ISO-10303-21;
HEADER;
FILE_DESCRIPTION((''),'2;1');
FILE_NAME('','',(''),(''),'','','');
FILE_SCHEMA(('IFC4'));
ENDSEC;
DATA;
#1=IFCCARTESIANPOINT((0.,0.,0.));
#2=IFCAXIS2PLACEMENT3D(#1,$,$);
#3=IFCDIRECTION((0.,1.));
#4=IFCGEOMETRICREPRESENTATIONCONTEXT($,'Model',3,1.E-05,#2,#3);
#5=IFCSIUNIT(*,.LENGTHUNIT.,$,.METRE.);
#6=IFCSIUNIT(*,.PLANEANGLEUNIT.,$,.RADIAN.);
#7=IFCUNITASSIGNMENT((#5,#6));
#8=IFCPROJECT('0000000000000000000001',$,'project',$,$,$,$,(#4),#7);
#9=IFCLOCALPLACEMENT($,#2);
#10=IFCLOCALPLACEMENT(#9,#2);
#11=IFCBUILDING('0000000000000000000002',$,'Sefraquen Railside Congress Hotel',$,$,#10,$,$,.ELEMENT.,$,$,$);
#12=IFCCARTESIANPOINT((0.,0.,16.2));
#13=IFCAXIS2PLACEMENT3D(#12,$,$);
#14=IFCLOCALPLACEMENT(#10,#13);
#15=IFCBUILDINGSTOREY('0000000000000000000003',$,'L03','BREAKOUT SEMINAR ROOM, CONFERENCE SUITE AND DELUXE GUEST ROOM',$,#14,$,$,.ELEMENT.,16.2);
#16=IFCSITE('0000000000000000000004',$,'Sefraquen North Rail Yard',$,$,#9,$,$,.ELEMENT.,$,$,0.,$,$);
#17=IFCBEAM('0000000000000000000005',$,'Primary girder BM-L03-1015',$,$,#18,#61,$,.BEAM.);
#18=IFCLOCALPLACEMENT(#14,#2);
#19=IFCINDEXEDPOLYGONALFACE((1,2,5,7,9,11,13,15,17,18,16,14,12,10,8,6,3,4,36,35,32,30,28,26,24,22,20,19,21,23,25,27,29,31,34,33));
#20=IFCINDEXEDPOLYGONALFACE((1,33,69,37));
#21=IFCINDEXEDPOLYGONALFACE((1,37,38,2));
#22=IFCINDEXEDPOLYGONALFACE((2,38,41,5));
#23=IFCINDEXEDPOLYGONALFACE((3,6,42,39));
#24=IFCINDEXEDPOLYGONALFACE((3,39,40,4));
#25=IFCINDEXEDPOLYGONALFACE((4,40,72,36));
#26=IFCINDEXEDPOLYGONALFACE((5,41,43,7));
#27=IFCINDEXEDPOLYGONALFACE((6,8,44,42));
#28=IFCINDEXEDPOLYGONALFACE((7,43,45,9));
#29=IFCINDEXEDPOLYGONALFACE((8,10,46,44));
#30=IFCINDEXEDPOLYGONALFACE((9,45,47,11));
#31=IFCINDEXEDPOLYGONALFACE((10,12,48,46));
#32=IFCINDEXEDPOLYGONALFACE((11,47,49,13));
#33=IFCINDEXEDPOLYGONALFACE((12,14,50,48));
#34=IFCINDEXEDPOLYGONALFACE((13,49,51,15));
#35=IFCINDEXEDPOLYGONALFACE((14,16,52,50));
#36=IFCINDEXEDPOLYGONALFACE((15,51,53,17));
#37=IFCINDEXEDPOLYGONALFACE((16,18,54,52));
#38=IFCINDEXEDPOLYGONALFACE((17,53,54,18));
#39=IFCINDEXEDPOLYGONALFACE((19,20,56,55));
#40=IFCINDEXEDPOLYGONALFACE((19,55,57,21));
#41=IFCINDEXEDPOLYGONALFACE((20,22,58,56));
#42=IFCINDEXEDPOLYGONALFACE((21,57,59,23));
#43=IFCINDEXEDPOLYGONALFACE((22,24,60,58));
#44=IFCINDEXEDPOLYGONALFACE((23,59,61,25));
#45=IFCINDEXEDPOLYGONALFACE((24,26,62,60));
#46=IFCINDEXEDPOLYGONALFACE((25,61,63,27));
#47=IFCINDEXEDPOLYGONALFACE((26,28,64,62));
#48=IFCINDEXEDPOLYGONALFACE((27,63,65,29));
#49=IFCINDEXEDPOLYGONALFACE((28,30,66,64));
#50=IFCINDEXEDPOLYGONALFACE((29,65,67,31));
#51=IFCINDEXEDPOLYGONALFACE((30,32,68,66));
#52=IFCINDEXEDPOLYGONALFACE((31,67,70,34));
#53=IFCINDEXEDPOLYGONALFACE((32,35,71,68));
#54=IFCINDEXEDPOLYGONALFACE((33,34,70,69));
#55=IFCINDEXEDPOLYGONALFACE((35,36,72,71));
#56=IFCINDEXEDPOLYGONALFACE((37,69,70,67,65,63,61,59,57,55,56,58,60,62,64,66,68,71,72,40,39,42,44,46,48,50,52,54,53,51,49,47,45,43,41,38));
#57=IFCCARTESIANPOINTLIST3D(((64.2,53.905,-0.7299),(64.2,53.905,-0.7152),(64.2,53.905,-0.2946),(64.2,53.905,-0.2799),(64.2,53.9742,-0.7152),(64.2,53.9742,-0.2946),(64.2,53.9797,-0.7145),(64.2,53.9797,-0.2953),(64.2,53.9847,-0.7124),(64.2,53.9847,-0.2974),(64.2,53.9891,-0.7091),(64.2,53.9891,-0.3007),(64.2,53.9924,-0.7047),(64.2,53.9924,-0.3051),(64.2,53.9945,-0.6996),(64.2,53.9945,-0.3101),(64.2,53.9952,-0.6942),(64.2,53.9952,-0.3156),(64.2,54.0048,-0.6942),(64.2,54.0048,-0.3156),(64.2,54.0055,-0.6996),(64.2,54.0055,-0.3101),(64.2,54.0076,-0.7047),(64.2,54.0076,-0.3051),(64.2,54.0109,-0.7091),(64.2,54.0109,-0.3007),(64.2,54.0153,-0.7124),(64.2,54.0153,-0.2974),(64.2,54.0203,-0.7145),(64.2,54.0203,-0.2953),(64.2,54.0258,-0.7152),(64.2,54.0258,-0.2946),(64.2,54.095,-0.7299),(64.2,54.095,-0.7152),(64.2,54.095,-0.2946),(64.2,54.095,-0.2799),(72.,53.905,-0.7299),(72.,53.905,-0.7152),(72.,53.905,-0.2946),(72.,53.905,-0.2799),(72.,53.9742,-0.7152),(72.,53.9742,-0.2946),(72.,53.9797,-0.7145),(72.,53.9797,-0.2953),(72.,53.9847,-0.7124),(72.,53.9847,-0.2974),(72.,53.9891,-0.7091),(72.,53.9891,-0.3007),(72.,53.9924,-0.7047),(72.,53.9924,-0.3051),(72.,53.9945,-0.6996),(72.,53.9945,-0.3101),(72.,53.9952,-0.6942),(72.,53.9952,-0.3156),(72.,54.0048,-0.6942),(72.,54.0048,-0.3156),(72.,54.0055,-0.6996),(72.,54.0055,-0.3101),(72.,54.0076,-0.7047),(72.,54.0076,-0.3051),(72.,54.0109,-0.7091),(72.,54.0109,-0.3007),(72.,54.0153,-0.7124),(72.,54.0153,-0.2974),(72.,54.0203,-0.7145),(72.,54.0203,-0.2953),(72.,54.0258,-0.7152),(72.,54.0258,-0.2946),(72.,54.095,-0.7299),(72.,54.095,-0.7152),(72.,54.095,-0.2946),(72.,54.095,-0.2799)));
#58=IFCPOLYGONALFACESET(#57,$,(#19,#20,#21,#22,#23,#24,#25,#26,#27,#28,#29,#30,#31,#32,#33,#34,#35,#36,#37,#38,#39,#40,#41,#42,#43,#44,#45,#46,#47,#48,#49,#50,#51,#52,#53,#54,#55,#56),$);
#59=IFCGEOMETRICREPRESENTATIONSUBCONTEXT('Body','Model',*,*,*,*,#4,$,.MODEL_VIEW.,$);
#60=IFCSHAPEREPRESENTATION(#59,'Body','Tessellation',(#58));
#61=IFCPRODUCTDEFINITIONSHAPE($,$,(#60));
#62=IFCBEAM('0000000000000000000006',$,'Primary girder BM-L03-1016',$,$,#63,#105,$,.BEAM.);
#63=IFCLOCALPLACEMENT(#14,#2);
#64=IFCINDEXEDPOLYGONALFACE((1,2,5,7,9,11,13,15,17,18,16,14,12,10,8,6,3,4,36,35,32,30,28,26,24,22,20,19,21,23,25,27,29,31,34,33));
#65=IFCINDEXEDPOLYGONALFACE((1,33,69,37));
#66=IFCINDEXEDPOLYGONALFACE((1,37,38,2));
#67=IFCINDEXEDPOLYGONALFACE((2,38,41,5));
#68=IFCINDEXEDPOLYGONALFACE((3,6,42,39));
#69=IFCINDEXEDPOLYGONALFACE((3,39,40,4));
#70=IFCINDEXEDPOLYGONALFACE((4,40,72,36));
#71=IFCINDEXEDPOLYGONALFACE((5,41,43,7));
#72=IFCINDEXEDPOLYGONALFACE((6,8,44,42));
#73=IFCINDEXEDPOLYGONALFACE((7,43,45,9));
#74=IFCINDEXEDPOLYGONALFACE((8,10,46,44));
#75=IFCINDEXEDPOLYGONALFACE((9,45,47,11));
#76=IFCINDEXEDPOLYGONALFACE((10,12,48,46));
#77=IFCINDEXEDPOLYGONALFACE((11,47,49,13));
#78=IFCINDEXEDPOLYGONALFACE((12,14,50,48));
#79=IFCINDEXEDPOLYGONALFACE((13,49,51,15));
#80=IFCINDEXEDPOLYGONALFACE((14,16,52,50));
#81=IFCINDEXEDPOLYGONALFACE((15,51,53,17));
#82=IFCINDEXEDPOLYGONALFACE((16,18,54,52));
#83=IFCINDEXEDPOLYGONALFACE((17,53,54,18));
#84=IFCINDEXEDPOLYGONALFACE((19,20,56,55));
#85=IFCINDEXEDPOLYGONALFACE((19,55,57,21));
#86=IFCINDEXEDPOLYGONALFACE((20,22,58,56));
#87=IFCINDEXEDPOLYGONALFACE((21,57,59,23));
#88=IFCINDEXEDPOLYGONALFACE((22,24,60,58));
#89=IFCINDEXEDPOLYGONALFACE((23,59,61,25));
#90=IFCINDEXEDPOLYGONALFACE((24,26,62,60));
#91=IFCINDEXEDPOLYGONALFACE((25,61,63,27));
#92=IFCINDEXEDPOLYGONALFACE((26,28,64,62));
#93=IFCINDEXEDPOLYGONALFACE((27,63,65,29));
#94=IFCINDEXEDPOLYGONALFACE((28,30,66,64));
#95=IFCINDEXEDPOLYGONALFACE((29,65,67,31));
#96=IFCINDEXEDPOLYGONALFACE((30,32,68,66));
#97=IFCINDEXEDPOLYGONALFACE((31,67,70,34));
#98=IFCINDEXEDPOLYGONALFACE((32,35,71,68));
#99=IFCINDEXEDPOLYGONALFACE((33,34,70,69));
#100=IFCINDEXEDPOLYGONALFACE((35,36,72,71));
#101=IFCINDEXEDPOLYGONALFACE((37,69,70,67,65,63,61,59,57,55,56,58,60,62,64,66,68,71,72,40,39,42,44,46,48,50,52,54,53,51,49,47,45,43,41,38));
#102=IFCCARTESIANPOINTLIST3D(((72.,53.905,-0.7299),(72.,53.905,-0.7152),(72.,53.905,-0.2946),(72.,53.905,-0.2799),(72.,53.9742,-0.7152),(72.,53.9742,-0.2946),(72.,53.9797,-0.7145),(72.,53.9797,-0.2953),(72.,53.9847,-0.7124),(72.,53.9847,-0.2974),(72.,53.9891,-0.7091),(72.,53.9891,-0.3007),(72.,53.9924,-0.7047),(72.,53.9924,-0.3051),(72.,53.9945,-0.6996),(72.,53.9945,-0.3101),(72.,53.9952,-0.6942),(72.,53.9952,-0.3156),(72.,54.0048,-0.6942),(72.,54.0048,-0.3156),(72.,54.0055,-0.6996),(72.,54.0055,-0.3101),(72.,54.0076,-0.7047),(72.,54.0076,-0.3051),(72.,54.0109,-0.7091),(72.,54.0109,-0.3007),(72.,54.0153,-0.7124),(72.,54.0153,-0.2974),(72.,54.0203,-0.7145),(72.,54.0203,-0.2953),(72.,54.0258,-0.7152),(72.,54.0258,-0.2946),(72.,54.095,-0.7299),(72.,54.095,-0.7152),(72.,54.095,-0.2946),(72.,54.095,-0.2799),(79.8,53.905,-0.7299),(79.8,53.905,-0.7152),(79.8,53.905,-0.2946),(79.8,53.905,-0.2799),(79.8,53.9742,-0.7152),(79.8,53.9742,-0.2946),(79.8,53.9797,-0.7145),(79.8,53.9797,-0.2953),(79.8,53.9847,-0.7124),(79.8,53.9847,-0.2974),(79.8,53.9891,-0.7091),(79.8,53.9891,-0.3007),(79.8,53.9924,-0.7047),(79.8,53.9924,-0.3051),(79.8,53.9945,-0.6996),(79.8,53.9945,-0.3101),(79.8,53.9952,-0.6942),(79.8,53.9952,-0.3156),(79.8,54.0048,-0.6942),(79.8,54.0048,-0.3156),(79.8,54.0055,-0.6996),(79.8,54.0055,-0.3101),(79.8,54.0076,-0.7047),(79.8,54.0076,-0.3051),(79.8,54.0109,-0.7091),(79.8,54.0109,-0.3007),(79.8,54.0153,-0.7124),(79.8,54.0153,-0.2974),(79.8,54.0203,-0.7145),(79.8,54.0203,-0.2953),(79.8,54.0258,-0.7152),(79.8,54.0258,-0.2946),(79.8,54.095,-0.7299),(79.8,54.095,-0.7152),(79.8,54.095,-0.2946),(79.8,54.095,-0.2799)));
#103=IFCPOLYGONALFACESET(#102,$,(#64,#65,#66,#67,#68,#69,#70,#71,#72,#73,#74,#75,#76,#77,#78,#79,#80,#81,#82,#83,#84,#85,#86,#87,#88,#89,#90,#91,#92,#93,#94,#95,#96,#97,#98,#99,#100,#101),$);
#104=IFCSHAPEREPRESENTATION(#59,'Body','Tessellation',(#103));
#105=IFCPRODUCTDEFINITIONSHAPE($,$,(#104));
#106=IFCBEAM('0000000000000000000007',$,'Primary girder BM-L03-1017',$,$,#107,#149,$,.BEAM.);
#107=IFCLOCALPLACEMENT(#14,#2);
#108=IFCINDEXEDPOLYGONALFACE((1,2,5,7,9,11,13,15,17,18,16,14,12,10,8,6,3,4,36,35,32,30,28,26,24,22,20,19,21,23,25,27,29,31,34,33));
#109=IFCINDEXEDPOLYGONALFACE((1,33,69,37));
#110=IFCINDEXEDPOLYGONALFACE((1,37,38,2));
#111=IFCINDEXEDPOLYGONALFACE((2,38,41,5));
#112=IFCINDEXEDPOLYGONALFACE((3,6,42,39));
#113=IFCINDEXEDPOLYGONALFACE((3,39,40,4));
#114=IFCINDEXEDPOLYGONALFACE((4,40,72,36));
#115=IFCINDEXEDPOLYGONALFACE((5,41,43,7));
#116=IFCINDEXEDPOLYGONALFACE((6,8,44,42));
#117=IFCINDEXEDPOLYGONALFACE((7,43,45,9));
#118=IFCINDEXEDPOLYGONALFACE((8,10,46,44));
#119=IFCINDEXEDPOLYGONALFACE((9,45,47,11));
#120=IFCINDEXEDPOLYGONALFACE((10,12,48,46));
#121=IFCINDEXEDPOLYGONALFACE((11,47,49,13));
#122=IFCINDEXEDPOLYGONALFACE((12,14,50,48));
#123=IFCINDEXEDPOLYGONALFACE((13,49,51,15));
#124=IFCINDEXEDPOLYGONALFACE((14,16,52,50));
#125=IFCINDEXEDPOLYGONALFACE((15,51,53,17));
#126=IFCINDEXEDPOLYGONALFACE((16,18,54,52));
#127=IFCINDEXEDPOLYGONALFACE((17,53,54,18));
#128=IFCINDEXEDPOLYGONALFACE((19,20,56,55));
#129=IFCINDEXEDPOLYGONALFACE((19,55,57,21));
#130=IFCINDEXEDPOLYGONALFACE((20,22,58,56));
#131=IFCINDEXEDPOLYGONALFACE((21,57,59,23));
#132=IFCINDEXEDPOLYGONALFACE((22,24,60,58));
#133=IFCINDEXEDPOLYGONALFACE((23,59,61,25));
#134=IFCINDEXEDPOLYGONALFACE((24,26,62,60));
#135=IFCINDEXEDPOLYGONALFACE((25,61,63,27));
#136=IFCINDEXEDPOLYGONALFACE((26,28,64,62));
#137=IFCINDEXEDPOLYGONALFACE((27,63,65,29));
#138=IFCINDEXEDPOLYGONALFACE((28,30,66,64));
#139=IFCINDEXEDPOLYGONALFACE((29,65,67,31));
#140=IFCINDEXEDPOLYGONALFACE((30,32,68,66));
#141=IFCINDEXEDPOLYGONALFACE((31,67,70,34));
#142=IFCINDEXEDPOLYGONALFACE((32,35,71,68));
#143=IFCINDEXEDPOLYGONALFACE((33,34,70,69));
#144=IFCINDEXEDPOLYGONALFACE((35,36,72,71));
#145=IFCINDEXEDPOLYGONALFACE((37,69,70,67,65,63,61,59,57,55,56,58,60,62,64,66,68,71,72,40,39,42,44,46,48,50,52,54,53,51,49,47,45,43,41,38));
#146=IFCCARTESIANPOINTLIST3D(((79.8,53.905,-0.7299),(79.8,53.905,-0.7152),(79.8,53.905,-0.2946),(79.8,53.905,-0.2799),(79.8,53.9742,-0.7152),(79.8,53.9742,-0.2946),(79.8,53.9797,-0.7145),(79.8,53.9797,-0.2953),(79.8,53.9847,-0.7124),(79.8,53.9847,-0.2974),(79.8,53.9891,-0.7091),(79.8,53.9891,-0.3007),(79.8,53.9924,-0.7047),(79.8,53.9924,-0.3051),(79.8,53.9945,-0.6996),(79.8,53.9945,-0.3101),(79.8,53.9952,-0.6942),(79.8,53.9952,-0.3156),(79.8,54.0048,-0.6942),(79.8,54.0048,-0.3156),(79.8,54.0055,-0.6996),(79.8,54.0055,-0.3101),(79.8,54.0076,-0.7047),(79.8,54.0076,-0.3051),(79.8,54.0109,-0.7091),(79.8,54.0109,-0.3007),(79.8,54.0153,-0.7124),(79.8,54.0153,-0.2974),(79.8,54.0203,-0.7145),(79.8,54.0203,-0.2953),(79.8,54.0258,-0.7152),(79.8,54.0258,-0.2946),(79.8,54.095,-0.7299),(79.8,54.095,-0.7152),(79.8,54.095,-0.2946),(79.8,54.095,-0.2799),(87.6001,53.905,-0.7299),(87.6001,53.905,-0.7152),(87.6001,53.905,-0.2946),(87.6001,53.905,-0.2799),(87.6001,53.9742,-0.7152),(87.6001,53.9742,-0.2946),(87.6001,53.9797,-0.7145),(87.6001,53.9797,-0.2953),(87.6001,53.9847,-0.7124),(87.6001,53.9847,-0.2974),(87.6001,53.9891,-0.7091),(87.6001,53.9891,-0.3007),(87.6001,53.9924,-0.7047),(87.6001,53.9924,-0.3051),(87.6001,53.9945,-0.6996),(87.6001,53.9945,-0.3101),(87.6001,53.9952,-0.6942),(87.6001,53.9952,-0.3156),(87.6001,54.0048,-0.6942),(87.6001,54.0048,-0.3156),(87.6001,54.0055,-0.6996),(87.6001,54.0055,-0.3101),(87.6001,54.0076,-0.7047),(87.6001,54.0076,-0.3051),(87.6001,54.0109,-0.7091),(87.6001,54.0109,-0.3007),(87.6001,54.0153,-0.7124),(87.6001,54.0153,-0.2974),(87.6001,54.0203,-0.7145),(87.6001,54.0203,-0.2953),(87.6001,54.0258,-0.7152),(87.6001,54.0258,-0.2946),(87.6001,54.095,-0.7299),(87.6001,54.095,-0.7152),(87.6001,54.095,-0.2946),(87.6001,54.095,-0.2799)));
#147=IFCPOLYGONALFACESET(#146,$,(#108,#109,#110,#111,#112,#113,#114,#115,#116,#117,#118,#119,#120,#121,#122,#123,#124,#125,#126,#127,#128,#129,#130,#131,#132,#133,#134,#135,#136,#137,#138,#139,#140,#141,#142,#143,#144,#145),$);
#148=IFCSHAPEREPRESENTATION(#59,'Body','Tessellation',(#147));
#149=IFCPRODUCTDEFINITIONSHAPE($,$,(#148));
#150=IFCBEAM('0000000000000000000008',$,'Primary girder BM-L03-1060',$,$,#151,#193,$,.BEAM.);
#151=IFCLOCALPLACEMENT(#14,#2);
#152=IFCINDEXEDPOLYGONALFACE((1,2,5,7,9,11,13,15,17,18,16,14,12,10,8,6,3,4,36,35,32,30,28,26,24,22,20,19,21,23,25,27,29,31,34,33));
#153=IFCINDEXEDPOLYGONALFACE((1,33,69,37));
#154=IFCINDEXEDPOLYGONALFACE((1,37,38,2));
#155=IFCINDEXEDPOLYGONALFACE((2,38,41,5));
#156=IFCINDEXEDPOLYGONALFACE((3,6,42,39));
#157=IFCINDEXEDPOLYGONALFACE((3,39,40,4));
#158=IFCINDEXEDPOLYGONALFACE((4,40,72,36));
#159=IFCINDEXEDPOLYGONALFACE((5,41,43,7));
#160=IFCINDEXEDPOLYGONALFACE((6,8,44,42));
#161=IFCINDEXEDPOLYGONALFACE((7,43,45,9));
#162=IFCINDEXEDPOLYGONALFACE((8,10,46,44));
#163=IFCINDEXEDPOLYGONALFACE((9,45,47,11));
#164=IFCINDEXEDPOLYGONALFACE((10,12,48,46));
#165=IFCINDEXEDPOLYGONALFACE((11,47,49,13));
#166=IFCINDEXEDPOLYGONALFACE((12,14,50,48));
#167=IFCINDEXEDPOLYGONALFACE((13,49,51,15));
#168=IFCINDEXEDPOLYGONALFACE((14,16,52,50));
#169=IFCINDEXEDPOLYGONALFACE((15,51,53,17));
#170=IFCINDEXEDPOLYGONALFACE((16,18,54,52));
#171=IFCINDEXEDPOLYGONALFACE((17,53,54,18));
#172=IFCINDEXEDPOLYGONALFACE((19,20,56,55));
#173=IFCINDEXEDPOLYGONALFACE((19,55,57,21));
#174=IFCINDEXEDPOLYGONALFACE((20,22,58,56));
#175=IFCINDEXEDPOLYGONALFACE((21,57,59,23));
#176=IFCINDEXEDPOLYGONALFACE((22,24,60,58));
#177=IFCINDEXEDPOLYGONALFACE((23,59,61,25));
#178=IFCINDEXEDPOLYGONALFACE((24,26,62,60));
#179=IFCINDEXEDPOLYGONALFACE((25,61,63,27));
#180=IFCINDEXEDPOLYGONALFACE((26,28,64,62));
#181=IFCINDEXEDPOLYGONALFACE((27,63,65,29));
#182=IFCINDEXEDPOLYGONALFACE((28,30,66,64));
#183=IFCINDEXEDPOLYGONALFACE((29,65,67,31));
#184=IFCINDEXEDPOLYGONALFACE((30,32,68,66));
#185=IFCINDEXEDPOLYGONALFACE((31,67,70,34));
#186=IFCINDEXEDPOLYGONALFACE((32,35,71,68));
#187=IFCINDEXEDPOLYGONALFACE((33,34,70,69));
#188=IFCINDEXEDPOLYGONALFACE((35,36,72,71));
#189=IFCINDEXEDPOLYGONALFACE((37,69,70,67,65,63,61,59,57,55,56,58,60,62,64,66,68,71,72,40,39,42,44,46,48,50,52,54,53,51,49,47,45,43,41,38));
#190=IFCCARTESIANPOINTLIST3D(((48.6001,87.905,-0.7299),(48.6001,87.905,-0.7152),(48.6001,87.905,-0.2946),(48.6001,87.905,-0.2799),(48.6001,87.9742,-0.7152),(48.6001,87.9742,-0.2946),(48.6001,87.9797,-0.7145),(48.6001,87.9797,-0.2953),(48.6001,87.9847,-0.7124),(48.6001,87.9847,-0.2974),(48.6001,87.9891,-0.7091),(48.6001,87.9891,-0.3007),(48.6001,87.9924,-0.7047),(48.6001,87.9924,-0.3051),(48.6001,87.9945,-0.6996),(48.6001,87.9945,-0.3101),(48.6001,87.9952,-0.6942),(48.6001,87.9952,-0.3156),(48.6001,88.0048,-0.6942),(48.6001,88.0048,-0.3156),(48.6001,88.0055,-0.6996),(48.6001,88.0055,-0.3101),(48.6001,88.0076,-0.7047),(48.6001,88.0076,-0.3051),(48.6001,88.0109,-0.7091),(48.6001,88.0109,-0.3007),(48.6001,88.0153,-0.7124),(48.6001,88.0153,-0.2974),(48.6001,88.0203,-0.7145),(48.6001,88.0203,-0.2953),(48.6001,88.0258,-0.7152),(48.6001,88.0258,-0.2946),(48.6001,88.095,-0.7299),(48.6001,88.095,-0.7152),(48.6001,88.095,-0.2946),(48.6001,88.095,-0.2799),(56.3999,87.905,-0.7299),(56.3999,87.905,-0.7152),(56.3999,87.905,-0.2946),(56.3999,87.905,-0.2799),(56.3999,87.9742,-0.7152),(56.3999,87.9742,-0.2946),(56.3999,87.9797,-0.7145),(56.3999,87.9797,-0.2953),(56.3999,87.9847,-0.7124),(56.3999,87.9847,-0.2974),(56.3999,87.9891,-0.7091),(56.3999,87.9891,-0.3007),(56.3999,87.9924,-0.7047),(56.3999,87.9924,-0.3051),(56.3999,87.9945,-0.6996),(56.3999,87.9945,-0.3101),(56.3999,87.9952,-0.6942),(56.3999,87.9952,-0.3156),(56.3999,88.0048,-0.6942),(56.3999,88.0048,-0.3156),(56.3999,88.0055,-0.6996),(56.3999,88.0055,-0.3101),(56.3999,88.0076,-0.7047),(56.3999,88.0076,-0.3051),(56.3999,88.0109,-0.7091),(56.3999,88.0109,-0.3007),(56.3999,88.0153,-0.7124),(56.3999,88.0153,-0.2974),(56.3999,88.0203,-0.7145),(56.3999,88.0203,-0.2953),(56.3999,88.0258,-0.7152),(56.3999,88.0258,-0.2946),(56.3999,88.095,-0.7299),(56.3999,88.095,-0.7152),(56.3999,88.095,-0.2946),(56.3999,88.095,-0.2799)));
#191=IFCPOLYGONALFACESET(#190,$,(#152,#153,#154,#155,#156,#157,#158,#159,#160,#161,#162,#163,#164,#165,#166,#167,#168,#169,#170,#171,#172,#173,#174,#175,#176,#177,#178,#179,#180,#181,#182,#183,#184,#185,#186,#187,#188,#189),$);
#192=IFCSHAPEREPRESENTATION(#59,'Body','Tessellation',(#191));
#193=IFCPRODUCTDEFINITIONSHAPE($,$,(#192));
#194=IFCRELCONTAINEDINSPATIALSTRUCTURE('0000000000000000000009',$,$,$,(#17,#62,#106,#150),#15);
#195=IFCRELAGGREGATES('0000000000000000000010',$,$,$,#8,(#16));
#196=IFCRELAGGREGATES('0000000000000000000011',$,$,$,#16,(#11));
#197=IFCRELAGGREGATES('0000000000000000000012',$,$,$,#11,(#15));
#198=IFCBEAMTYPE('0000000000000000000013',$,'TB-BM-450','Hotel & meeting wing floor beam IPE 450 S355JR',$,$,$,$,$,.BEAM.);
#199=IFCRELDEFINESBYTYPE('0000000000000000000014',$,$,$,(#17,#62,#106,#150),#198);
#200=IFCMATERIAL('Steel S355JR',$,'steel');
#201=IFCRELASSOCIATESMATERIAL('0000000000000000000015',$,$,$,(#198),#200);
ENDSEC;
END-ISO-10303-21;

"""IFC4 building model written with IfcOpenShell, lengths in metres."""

from ifc_helpers import new_model, si_unit, direction, frame, origin, origin_2d, place, context, subcontext, project, spatial, i_section, extrude, material, material_profile, profile_set, type_object, element, save


model = new_model("IFC4")

# Units and contexts
model_context = context("Model", 3, precision=1e-05, world=origin(), true_north=direction((0.0, 1.0)))
body_context = subcontext(model_context, "Body", "Model", "MODEL_VIEW")
ifc_project = project(units=[si_unit("LENGTHUNIT", "METRE"), si_unit("PLANEANGLEUNIT", "RADIAN")], contexts=[model_context])

# Site, building, storey
site_placement = place(None, origin())
site = spatial("IfcSite", under=ifc_project, at=site_placement, Name="Sefraquen North Rail Yard", CompositionType="ELEMENT", RefElevation=0.0)
building_placement = place(site_placement, origin())
building = spatial("IfcBuilding", under=site, at=building_placement, Name="Sefraquen Railside Congress Hotel", CompositionType="ELEMENT")
storey_placement = place(building_placement, frame((0.0, 0.0, 16.2)))
storey = spatial("IfcBuildingStorey", under=building, at=storey_placement, Name="L03", Description="BREAKOUT SEMINAR ROOM, CONFERENCE SUITE AND DELUXE GUEST ROOM", CompositionType="ELEMENT", Elevation=16.2)

# Shared definitions
ifc_material_1 = material(Name="Steel S355JR", Category="steel")

# Beams
ifc_material_profile_1 = material_profile(ifc_material_1, i_section(OverallWidth=0.1899, OverallDepth=0.45, WebThickness=0.0095, FlangeThickness=0.0146, FilletRadius=0.021, at=origin_2d()), Name="IPE 450")
ifc_profile_set_1 = profile_set([ifc_material_profile_1], Name="Steel S355JR")
beam_type_1 = type_object("IfcBeamType", Name="TB-BM-450", Description="Hotel & meeting wing floor beam IPE 450 S355JR", PredefinedType="BEAM", material=ifc_profile_set_1)
for number, where, z_axis, x_axis, name in (
    (1, (64.2, 54.0, -0.5049), (1.0, 0.0, 0.0), (0.0, 1.0, 0.0), "Primary girder BM-L03-1015"),
    (2, (72.0, 54.0, -0.5049), (1.0, 0.0, 0.0), (0.0, 1.0, 0.0), "Primary girder BM-L03-1016"),
    (3, (79.8, 54.0, -0.5049), (1.0, 0.0, 0.0), (0.0, 1.0, 0.0), "Primary girder BM-L03-1017"),
):
    element("IfcBeam", number, at=place(storey_placement, frame(where, z_axis=z_axis, x_axis=x_axis)), inside=storey, type_object=beam_type_1, Name=name, PredefinedType="BEAM", context=body_context, shape_type="SweptSolid", body=[
        extrude(i_section(OverallWidth=0.1899, OverallDepth=0.45, WebThickness=0.0095, FlangeThickness=0.0146, FilletRadius=0.021, at=origin_2d()), origin(), (0.0, 0.0, 1.0), 7.8),
    ])
beam_1_placement = place(storey_placement, frame((48.6001, 88.0, -0.5049), z_axis=(1.0, 0.0, 0.0), x_axis=(0.0, 1.0, 0.0)))
element("IfcBeam", 4, at=beam_1_placement, inside=storey, type_object=beam_type_1, Name="Primary girder BM-L03-1060", PredefinedType="BEAM", context=body_context, shape_type="SweptSolid", body=[
    extrude(i_section(OverallWidth=0.1899, OverallDepth=0.45, WebThickness=0.0095, FlangeThickness=0.0146, FilletRadius=0.021, at=origin_2d()), origin(), (0.0, 0.0, 1.0), 7.7998),
])

save(model, "model.ifc")
